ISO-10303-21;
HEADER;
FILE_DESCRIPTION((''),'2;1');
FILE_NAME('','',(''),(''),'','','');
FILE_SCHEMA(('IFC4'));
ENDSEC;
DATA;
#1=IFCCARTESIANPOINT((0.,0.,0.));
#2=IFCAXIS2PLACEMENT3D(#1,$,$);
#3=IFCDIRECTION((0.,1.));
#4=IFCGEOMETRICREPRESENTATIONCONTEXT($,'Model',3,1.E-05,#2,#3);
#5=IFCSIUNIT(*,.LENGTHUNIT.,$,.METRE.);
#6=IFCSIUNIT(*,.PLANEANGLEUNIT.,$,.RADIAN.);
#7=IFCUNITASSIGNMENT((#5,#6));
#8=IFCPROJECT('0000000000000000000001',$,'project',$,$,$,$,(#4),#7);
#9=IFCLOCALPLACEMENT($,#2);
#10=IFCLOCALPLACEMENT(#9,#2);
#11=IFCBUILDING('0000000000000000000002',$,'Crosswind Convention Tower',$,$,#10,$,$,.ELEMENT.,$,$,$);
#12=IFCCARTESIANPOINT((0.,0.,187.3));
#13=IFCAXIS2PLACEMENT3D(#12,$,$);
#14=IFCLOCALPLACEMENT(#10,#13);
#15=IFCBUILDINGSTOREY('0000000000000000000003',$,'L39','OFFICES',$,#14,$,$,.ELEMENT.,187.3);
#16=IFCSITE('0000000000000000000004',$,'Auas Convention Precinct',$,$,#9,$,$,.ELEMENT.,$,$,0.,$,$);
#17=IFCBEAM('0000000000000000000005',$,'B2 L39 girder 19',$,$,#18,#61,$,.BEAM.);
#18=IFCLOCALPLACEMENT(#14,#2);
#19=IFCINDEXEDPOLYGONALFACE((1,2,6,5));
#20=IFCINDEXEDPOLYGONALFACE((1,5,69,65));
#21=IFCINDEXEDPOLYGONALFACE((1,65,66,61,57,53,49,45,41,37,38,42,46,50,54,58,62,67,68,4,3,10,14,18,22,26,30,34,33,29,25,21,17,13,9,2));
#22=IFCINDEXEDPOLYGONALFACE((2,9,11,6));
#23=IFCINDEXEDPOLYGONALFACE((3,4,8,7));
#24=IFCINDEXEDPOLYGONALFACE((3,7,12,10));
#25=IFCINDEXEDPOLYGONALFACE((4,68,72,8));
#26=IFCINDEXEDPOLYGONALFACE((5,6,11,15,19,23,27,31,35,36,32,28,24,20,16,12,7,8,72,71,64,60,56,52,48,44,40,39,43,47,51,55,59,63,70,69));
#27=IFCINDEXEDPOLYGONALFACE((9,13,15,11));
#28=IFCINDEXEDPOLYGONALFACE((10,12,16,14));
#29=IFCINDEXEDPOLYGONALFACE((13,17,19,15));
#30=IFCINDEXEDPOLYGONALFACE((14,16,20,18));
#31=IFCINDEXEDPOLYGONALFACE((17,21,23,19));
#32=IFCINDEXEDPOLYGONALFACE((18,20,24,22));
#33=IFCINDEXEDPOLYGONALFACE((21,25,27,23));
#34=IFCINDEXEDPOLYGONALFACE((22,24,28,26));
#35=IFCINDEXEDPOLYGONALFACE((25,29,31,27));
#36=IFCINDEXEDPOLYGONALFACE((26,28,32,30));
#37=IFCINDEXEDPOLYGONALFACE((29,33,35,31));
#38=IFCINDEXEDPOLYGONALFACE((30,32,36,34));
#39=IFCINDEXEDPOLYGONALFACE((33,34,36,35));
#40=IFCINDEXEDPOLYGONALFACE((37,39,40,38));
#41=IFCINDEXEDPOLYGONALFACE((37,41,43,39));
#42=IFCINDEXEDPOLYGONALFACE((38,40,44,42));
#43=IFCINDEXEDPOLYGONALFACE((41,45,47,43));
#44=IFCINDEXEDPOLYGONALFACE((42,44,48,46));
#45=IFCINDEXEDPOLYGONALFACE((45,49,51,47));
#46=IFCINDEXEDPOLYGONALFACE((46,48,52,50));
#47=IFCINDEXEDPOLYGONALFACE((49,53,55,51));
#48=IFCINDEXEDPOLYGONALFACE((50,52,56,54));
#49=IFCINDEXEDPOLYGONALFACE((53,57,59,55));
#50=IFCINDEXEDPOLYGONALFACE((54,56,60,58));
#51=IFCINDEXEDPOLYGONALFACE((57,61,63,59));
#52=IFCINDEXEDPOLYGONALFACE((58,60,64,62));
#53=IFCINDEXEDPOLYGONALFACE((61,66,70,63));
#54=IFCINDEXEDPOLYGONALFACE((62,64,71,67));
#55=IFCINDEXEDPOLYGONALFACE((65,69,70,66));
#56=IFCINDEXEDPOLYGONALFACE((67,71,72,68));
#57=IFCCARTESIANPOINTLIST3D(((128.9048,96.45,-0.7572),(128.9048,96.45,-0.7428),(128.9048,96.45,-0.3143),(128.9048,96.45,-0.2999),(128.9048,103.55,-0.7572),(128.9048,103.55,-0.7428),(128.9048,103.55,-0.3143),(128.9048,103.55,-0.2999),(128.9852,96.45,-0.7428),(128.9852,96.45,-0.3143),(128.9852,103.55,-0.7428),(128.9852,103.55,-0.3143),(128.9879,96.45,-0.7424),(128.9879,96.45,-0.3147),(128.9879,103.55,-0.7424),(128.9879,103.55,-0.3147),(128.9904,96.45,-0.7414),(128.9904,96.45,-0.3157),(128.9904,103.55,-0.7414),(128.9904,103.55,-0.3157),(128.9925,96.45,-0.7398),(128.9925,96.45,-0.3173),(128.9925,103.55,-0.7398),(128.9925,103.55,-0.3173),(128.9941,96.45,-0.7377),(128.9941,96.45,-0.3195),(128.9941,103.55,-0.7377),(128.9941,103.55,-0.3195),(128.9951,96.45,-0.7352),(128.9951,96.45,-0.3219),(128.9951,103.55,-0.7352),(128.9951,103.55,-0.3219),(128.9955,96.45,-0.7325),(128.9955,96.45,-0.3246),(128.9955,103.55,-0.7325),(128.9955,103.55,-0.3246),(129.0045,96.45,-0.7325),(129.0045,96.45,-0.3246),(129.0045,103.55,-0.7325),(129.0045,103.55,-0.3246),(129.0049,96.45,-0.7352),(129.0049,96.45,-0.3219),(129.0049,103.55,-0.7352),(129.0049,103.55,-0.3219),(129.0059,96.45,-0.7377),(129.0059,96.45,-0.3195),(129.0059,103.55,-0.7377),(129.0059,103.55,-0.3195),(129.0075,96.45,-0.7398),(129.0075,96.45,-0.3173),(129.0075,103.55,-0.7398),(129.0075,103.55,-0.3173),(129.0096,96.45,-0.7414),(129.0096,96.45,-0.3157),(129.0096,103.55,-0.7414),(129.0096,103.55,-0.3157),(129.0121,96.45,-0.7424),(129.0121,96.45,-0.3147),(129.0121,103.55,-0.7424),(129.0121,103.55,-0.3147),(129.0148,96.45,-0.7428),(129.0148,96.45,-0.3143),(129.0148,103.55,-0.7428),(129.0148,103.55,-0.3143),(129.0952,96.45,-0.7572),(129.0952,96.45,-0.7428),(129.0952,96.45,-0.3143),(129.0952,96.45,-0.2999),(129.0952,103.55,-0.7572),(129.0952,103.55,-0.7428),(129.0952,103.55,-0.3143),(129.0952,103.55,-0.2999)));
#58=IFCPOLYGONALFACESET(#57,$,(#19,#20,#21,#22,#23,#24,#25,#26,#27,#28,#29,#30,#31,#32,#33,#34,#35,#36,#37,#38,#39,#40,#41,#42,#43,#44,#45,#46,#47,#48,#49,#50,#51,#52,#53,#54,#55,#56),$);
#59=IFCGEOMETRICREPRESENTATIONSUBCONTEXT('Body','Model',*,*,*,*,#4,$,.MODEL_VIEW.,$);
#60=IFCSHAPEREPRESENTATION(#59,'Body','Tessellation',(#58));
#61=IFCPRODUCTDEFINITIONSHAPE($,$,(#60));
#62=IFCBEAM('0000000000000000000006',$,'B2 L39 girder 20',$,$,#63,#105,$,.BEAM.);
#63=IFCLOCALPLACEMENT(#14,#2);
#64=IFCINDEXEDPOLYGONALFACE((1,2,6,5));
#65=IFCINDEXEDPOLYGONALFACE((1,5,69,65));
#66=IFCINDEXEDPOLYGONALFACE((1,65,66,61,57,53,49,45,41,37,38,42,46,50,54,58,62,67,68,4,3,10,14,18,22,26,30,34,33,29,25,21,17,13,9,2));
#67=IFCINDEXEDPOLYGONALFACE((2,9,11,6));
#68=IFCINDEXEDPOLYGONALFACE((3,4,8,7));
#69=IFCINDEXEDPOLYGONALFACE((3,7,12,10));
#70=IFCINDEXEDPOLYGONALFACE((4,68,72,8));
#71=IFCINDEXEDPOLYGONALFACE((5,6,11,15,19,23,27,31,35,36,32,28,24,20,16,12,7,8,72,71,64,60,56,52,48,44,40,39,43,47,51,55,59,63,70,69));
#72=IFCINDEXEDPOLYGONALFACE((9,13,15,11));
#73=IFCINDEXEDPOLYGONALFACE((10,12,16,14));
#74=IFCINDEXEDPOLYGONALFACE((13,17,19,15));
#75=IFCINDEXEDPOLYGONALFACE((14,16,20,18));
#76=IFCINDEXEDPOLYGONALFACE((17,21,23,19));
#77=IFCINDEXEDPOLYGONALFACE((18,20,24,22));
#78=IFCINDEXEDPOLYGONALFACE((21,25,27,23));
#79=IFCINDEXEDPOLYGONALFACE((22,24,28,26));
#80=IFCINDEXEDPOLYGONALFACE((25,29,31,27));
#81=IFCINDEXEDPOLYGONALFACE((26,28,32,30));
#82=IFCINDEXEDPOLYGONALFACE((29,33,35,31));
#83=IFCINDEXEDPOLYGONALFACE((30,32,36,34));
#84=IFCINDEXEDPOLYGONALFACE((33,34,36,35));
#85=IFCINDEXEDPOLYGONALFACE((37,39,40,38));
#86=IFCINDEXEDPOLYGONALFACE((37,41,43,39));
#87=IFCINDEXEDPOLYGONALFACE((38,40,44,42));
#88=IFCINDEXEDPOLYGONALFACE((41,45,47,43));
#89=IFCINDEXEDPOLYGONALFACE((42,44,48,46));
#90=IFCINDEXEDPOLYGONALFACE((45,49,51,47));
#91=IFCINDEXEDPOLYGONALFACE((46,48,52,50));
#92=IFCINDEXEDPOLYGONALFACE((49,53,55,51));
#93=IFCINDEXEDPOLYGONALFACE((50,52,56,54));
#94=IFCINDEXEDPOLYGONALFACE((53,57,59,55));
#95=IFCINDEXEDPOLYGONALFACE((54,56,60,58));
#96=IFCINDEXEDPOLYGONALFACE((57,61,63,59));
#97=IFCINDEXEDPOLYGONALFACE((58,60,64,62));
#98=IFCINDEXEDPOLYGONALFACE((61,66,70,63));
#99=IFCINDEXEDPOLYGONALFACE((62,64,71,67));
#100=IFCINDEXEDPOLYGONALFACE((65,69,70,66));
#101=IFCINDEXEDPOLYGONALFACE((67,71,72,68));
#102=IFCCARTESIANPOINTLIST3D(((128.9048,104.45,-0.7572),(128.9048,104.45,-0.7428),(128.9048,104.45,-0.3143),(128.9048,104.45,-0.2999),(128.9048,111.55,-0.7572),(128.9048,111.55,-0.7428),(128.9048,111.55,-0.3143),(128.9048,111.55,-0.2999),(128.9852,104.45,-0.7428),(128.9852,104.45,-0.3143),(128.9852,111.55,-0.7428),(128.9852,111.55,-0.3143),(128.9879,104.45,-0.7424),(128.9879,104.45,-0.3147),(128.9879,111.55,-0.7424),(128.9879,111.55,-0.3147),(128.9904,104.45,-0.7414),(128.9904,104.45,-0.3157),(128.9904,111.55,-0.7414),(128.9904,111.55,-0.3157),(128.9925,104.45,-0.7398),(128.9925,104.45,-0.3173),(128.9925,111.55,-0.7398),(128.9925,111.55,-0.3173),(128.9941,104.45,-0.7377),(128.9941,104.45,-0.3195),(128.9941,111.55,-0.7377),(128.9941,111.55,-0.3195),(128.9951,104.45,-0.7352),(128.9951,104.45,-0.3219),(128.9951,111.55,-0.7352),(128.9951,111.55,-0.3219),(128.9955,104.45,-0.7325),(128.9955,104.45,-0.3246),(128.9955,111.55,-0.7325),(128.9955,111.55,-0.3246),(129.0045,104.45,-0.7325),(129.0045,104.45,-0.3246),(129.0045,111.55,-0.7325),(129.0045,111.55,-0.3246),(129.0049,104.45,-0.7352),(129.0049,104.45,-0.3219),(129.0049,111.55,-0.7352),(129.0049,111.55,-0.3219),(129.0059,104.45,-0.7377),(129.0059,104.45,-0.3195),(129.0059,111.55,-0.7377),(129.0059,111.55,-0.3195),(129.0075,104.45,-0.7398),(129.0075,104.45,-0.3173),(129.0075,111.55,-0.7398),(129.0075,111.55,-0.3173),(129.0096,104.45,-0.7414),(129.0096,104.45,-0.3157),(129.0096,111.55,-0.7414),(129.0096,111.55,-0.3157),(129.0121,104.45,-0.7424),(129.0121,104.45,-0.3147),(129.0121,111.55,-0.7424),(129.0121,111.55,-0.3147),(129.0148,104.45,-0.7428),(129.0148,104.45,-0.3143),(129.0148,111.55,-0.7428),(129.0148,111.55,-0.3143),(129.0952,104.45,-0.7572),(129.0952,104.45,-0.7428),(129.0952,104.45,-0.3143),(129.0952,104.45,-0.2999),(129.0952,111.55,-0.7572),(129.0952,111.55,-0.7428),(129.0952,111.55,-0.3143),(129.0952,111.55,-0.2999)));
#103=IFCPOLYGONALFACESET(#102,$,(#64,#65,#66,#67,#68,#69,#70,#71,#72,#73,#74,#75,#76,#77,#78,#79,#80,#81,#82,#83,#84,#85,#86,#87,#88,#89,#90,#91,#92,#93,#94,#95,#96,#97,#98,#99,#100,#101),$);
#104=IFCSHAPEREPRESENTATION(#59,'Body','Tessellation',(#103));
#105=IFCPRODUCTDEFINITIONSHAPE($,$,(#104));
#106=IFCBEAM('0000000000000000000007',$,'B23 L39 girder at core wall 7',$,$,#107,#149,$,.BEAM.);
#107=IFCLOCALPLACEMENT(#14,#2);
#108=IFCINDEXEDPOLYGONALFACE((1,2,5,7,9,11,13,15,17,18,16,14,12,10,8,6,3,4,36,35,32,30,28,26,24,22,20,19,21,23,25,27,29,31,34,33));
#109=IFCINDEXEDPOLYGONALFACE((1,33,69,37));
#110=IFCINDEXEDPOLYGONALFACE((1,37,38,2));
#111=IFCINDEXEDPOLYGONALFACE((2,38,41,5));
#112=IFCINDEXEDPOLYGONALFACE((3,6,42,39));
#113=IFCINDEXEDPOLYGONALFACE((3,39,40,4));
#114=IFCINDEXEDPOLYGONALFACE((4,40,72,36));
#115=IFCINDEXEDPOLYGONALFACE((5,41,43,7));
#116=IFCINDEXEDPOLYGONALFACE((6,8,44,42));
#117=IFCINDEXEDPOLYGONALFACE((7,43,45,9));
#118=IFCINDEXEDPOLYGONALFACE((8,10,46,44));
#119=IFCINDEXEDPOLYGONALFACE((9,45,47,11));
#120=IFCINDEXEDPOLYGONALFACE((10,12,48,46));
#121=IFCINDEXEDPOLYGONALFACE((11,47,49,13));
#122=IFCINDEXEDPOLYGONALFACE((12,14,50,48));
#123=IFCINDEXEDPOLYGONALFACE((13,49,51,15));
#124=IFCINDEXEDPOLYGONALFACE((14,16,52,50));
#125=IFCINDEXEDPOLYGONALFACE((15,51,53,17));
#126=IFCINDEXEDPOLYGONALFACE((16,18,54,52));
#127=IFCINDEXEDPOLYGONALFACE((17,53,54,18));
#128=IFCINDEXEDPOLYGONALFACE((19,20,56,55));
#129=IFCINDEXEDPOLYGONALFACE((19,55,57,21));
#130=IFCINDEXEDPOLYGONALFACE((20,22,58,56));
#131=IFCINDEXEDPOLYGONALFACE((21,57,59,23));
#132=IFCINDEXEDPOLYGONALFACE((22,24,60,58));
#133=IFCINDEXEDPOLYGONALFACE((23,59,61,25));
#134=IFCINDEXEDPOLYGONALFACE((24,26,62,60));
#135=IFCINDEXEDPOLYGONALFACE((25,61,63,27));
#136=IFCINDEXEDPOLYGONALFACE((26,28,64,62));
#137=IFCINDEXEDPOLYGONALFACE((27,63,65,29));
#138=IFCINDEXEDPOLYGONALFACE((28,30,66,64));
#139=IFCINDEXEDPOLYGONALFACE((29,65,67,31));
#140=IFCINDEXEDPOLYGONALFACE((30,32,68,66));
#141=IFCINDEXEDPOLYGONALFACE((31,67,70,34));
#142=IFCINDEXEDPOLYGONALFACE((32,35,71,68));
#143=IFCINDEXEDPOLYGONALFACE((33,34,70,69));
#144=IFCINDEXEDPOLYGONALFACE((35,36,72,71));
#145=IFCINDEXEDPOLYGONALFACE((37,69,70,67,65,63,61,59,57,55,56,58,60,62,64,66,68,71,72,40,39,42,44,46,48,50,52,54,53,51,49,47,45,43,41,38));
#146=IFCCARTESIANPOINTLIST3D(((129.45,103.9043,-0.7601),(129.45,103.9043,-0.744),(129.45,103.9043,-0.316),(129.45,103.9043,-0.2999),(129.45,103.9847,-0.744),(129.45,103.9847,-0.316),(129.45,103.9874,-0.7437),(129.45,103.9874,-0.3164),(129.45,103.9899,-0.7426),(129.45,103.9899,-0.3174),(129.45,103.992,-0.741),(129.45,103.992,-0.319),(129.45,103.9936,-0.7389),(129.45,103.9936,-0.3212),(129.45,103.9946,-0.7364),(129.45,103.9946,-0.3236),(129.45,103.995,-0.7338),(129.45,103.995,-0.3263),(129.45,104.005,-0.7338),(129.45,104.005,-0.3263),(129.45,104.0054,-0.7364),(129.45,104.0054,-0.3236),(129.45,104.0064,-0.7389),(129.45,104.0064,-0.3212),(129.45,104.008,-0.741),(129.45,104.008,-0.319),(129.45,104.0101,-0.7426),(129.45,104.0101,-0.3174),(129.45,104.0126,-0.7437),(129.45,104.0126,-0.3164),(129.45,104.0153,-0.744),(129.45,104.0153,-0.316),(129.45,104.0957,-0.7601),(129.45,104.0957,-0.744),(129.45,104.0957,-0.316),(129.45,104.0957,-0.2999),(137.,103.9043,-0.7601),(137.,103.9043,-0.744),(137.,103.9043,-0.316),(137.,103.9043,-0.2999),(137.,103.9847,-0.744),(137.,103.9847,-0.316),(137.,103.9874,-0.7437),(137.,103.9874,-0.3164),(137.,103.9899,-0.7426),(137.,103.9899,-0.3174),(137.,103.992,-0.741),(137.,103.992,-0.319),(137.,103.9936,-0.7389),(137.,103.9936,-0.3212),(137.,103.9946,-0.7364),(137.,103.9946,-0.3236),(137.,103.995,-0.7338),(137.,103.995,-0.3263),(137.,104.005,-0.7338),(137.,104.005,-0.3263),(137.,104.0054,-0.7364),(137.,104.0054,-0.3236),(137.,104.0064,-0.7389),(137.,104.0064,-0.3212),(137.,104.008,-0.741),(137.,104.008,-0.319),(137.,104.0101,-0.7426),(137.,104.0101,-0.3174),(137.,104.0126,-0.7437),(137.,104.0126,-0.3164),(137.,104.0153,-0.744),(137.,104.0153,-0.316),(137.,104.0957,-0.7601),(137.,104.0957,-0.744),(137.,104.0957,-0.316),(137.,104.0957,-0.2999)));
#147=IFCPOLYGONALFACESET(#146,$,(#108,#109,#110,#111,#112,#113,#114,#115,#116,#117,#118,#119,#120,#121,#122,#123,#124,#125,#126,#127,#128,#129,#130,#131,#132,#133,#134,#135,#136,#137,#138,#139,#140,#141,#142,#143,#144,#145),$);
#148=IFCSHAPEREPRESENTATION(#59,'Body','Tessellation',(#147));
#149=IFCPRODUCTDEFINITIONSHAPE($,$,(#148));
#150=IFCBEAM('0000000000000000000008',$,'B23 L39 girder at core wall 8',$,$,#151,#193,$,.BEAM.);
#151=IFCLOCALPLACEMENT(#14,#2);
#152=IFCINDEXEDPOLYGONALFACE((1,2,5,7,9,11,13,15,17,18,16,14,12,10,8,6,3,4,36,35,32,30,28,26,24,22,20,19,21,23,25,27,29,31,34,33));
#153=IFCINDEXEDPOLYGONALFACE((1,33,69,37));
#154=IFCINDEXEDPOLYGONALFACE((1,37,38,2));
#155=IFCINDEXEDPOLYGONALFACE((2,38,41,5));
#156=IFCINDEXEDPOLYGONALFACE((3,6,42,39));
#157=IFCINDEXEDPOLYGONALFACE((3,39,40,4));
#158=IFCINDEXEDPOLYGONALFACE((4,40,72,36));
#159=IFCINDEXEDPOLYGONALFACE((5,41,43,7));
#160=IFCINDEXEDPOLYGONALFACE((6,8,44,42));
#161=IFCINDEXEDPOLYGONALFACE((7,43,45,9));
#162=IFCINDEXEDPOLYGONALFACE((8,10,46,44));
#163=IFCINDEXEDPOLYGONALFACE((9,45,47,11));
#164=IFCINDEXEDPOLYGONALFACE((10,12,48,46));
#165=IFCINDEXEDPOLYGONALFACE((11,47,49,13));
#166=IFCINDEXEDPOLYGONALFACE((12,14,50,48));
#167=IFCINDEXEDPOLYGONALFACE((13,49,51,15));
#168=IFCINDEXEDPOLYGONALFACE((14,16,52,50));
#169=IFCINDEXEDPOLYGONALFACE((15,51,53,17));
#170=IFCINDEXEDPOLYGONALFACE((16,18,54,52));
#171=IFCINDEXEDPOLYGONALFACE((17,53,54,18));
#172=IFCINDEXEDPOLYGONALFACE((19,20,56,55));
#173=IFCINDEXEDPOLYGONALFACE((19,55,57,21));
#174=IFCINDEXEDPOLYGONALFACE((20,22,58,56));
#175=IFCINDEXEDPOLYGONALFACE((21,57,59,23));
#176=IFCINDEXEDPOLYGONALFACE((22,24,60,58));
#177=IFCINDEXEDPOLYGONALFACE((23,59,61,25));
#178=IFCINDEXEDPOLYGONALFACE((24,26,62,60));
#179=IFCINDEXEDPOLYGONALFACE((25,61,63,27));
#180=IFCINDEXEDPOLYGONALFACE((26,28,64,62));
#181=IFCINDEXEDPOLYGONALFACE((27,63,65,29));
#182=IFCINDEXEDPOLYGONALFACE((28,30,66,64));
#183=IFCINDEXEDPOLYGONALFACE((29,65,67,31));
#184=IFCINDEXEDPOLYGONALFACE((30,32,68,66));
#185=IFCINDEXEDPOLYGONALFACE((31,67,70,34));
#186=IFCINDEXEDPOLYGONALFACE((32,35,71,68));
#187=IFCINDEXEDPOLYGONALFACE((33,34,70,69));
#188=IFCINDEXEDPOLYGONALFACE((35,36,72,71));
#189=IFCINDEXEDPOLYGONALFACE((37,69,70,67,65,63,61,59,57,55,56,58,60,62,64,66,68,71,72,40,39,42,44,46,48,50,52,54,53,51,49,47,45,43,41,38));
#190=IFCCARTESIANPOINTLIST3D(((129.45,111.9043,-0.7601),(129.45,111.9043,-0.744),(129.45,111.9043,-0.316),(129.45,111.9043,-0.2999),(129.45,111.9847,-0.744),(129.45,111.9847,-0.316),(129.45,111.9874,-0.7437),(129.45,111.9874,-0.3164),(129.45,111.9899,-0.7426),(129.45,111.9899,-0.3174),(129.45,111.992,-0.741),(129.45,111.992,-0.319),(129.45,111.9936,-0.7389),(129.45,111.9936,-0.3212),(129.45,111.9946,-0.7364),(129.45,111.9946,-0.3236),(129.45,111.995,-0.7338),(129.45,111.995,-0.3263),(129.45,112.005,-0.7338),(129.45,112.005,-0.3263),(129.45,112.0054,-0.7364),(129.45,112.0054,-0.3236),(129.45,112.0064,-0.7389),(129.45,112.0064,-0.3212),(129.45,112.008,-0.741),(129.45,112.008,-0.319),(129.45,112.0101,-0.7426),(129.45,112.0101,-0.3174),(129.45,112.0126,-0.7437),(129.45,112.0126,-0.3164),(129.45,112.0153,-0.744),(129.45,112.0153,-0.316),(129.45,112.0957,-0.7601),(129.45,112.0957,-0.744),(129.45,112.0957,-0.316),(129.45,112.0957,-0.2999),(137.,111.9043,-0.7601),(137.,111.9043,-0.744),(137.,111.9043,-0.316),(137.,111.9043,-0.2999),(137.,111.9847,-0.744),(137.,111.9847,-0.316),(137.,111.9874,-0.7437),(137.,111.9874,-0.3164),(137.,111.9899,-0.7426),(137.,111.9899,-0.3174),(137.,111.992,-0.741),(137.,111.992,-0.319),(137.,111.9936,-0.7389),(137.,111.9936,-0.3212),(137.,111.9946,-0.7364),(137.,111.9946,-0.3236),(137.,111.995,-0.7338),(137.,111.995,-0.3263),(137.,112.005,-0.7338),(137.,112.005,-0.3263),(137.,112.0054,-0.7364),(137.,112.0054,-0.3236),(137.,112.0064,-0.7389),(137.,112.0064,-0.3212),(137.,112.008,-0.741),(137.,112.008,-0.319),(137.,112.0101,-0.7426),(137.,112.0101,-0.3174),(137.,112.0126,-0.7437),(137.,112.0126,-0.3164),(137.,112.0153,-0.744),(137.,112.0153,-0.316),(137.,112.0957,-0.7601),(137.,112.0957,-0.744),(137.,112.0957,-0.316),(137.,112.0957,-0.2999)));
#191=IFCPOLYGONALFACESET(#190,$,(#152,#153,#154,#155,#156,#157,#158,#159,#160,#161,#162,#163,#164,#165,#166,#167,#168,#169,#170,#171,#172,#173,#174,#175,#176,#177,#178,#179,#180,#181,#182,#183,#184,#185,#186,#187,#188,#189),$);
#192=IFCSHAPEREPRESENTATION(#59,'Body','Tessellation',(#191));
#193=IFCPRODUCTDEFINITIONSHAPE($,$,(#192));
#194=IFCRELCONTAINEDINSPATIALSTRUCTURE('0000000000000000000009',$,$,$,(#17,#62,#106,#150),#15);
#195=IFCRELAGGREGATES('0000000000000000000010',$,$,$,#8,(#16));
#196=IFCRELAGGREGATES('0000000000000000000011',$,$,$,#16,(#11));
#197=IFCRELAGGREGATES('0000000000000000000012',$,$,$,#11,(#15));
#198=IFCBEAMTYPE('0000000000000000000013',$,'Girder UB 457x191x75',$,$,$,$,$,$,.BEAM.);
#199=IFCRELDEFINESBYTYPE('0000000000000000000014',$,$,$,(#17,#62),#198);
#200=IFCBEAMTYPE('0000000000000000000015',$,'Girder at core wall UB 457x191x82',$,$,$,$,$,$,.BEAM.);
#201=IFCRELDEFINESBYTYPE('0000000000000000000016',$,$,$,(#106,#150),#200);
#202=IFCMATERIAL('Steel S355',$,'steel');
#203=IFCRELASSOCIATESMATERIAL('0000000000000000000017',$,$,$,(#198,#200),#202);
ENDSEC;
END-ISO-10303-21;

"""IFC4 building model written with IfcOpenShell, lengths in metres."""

from ifc_helpers import new_model, si_unit, direction, frame, origin, origin_2d, place, context, subcontext, project, spatial, i_section, extrude, material, material_profile, profile_set, type_object, element, save


model = new_model("IFC4")

# Units and contexts
model_context = context("Model", 3, precision=1e-05, world=origin(), true_north=direction((0.0, 1.0)))
body_context = subcontext(model_context, "Body", "Model", "MODEL_VIEW")
ifc_project = project(units=[si_unit("LENGTHUNIT", "METRE"), si_unit("PLANEANGLEUNIT", "RADIAN")], contexts=[model_context])

# Site, building, storey
site_placement = place(None, origin())
site = spatial("IfcSite", under=ifc_project, at=site_placement, Name="Auas Convention Precinct", CompositionType="ELEMENT", RefElevation=0.0)
building_placement = place(site_placement, origin())
building = spatial("IfcBuilding", under=site, at=building_placement, Name="Crosswind Convention Tower", CompositionType="ELEMENT")
storey_placement = place(building_placement, frame((0.0, 0.0, 187.3)))
storey = spatial("IfcBuildingStorey", under=building, at=storey_placement, Name="L39", Description="OFFICES", CompositionType="ELEMENT", Elevation=187.3)

# Beams
ifc_material_1 = material(Name="Steel S355", Category="steel")
ifc_material_profile_1 = material_profile(ifc_material_1, i_section(OverallWidth=0.1904, OverallDepth=0.4573, WebThickness=0.009, FlangeThickness=0.0144, FilletRadius=0.0103, at=origin_2d()), Name="UB 457x191x75")
ifc_profile_set_1 = profile_set([ifc_material_profile_1], Name="Steel S355")
beam_type_1 = type_object("IfcBeamType", Name="Girder UB 457x191x75", PredefinedType="BEAM", material=ifc_profile_set_1)
for number, where, z_axis, x_axis, name in (
    (1, (129.0, 96.45, -0.5286), (0.0, 1.0, 0.0), (-1.0, 0.0, 0.0), "B2 L39 girder 19"),
    (2, (129.0, 104.45, -0.5286), (0.0, 1.0, 0.0), (-1.0, 0.0, 0.0), "B2 L39 girder 20"),
):
    element("IfcBeam", number, at=place(storey_placement, frame(where, z_axis=z_axis, x_axis=x_axis)), inside=storey, type_object=beam_type_1, Name=name, PredefinedType="BEAM", context=body_context, shape_type="SweptSolid", body=[
        extrude(i_section(OverallWidth=0.1904, OverallDepth=0.4573, WebThickness=0.009, FlangeThickness=0.0144, FilletRadius=0.0103, at=origin_2d()), origin(), (0.0, 0.0, 1.0), 7.1001),
    ])
ifc_material_profile_2 = material_profile(ifc_material_1, i_section(OverallWidth=0.1914, OverallDepth=0.4602, WebThickness=0.01, FlangeThickness=0.0161, FilletRadius=0.0103, at=origin_2d()), Name="UB 457x191x82")
ifc_profile_set_2 = profile_set([ifc_material_profile_2], Name="Steel S355")
beam_type_2 = type_object("IfcBeamType", Name="Girder at core wall UB 457x191x82", PredefinedType="BEAM", material=ifc_profile_set_2)
for number, where, z_axis, x_axis, name in (
    (3, (129.45, 104.0, -0.53), (1.0, 0.0, 0.0), (0.0, 1.0, 0.0), "B23 L39 girder at core wall 7"),
    (4, (129.45, 112.0, -0.53), (1.0, 0.0, 0.0), (0.0, 1.0, 0.0), "B23 L39 girder at core wall 8"),
):
    element("IfcBeam", number, at=place(storey_placement, frame(where, z_axis=z_axis, x_axis=x_axis)), inside=storey, type_object=beam_type_2, Name=name, PredefinedType="BEAM", context=body_context, shape_type="SweptSolid", body=[
        extrude(i_section(OverallWidth=0.1914, OverallDepth=0.4602, WebThickness=0.01, FlangeThickness=0.0161, FilletRadius=0.0103, at=origin_2d()), origin(), (0.0, 0.0, 1.0), 7.55),
    ])

save(model, "model.ifc")
